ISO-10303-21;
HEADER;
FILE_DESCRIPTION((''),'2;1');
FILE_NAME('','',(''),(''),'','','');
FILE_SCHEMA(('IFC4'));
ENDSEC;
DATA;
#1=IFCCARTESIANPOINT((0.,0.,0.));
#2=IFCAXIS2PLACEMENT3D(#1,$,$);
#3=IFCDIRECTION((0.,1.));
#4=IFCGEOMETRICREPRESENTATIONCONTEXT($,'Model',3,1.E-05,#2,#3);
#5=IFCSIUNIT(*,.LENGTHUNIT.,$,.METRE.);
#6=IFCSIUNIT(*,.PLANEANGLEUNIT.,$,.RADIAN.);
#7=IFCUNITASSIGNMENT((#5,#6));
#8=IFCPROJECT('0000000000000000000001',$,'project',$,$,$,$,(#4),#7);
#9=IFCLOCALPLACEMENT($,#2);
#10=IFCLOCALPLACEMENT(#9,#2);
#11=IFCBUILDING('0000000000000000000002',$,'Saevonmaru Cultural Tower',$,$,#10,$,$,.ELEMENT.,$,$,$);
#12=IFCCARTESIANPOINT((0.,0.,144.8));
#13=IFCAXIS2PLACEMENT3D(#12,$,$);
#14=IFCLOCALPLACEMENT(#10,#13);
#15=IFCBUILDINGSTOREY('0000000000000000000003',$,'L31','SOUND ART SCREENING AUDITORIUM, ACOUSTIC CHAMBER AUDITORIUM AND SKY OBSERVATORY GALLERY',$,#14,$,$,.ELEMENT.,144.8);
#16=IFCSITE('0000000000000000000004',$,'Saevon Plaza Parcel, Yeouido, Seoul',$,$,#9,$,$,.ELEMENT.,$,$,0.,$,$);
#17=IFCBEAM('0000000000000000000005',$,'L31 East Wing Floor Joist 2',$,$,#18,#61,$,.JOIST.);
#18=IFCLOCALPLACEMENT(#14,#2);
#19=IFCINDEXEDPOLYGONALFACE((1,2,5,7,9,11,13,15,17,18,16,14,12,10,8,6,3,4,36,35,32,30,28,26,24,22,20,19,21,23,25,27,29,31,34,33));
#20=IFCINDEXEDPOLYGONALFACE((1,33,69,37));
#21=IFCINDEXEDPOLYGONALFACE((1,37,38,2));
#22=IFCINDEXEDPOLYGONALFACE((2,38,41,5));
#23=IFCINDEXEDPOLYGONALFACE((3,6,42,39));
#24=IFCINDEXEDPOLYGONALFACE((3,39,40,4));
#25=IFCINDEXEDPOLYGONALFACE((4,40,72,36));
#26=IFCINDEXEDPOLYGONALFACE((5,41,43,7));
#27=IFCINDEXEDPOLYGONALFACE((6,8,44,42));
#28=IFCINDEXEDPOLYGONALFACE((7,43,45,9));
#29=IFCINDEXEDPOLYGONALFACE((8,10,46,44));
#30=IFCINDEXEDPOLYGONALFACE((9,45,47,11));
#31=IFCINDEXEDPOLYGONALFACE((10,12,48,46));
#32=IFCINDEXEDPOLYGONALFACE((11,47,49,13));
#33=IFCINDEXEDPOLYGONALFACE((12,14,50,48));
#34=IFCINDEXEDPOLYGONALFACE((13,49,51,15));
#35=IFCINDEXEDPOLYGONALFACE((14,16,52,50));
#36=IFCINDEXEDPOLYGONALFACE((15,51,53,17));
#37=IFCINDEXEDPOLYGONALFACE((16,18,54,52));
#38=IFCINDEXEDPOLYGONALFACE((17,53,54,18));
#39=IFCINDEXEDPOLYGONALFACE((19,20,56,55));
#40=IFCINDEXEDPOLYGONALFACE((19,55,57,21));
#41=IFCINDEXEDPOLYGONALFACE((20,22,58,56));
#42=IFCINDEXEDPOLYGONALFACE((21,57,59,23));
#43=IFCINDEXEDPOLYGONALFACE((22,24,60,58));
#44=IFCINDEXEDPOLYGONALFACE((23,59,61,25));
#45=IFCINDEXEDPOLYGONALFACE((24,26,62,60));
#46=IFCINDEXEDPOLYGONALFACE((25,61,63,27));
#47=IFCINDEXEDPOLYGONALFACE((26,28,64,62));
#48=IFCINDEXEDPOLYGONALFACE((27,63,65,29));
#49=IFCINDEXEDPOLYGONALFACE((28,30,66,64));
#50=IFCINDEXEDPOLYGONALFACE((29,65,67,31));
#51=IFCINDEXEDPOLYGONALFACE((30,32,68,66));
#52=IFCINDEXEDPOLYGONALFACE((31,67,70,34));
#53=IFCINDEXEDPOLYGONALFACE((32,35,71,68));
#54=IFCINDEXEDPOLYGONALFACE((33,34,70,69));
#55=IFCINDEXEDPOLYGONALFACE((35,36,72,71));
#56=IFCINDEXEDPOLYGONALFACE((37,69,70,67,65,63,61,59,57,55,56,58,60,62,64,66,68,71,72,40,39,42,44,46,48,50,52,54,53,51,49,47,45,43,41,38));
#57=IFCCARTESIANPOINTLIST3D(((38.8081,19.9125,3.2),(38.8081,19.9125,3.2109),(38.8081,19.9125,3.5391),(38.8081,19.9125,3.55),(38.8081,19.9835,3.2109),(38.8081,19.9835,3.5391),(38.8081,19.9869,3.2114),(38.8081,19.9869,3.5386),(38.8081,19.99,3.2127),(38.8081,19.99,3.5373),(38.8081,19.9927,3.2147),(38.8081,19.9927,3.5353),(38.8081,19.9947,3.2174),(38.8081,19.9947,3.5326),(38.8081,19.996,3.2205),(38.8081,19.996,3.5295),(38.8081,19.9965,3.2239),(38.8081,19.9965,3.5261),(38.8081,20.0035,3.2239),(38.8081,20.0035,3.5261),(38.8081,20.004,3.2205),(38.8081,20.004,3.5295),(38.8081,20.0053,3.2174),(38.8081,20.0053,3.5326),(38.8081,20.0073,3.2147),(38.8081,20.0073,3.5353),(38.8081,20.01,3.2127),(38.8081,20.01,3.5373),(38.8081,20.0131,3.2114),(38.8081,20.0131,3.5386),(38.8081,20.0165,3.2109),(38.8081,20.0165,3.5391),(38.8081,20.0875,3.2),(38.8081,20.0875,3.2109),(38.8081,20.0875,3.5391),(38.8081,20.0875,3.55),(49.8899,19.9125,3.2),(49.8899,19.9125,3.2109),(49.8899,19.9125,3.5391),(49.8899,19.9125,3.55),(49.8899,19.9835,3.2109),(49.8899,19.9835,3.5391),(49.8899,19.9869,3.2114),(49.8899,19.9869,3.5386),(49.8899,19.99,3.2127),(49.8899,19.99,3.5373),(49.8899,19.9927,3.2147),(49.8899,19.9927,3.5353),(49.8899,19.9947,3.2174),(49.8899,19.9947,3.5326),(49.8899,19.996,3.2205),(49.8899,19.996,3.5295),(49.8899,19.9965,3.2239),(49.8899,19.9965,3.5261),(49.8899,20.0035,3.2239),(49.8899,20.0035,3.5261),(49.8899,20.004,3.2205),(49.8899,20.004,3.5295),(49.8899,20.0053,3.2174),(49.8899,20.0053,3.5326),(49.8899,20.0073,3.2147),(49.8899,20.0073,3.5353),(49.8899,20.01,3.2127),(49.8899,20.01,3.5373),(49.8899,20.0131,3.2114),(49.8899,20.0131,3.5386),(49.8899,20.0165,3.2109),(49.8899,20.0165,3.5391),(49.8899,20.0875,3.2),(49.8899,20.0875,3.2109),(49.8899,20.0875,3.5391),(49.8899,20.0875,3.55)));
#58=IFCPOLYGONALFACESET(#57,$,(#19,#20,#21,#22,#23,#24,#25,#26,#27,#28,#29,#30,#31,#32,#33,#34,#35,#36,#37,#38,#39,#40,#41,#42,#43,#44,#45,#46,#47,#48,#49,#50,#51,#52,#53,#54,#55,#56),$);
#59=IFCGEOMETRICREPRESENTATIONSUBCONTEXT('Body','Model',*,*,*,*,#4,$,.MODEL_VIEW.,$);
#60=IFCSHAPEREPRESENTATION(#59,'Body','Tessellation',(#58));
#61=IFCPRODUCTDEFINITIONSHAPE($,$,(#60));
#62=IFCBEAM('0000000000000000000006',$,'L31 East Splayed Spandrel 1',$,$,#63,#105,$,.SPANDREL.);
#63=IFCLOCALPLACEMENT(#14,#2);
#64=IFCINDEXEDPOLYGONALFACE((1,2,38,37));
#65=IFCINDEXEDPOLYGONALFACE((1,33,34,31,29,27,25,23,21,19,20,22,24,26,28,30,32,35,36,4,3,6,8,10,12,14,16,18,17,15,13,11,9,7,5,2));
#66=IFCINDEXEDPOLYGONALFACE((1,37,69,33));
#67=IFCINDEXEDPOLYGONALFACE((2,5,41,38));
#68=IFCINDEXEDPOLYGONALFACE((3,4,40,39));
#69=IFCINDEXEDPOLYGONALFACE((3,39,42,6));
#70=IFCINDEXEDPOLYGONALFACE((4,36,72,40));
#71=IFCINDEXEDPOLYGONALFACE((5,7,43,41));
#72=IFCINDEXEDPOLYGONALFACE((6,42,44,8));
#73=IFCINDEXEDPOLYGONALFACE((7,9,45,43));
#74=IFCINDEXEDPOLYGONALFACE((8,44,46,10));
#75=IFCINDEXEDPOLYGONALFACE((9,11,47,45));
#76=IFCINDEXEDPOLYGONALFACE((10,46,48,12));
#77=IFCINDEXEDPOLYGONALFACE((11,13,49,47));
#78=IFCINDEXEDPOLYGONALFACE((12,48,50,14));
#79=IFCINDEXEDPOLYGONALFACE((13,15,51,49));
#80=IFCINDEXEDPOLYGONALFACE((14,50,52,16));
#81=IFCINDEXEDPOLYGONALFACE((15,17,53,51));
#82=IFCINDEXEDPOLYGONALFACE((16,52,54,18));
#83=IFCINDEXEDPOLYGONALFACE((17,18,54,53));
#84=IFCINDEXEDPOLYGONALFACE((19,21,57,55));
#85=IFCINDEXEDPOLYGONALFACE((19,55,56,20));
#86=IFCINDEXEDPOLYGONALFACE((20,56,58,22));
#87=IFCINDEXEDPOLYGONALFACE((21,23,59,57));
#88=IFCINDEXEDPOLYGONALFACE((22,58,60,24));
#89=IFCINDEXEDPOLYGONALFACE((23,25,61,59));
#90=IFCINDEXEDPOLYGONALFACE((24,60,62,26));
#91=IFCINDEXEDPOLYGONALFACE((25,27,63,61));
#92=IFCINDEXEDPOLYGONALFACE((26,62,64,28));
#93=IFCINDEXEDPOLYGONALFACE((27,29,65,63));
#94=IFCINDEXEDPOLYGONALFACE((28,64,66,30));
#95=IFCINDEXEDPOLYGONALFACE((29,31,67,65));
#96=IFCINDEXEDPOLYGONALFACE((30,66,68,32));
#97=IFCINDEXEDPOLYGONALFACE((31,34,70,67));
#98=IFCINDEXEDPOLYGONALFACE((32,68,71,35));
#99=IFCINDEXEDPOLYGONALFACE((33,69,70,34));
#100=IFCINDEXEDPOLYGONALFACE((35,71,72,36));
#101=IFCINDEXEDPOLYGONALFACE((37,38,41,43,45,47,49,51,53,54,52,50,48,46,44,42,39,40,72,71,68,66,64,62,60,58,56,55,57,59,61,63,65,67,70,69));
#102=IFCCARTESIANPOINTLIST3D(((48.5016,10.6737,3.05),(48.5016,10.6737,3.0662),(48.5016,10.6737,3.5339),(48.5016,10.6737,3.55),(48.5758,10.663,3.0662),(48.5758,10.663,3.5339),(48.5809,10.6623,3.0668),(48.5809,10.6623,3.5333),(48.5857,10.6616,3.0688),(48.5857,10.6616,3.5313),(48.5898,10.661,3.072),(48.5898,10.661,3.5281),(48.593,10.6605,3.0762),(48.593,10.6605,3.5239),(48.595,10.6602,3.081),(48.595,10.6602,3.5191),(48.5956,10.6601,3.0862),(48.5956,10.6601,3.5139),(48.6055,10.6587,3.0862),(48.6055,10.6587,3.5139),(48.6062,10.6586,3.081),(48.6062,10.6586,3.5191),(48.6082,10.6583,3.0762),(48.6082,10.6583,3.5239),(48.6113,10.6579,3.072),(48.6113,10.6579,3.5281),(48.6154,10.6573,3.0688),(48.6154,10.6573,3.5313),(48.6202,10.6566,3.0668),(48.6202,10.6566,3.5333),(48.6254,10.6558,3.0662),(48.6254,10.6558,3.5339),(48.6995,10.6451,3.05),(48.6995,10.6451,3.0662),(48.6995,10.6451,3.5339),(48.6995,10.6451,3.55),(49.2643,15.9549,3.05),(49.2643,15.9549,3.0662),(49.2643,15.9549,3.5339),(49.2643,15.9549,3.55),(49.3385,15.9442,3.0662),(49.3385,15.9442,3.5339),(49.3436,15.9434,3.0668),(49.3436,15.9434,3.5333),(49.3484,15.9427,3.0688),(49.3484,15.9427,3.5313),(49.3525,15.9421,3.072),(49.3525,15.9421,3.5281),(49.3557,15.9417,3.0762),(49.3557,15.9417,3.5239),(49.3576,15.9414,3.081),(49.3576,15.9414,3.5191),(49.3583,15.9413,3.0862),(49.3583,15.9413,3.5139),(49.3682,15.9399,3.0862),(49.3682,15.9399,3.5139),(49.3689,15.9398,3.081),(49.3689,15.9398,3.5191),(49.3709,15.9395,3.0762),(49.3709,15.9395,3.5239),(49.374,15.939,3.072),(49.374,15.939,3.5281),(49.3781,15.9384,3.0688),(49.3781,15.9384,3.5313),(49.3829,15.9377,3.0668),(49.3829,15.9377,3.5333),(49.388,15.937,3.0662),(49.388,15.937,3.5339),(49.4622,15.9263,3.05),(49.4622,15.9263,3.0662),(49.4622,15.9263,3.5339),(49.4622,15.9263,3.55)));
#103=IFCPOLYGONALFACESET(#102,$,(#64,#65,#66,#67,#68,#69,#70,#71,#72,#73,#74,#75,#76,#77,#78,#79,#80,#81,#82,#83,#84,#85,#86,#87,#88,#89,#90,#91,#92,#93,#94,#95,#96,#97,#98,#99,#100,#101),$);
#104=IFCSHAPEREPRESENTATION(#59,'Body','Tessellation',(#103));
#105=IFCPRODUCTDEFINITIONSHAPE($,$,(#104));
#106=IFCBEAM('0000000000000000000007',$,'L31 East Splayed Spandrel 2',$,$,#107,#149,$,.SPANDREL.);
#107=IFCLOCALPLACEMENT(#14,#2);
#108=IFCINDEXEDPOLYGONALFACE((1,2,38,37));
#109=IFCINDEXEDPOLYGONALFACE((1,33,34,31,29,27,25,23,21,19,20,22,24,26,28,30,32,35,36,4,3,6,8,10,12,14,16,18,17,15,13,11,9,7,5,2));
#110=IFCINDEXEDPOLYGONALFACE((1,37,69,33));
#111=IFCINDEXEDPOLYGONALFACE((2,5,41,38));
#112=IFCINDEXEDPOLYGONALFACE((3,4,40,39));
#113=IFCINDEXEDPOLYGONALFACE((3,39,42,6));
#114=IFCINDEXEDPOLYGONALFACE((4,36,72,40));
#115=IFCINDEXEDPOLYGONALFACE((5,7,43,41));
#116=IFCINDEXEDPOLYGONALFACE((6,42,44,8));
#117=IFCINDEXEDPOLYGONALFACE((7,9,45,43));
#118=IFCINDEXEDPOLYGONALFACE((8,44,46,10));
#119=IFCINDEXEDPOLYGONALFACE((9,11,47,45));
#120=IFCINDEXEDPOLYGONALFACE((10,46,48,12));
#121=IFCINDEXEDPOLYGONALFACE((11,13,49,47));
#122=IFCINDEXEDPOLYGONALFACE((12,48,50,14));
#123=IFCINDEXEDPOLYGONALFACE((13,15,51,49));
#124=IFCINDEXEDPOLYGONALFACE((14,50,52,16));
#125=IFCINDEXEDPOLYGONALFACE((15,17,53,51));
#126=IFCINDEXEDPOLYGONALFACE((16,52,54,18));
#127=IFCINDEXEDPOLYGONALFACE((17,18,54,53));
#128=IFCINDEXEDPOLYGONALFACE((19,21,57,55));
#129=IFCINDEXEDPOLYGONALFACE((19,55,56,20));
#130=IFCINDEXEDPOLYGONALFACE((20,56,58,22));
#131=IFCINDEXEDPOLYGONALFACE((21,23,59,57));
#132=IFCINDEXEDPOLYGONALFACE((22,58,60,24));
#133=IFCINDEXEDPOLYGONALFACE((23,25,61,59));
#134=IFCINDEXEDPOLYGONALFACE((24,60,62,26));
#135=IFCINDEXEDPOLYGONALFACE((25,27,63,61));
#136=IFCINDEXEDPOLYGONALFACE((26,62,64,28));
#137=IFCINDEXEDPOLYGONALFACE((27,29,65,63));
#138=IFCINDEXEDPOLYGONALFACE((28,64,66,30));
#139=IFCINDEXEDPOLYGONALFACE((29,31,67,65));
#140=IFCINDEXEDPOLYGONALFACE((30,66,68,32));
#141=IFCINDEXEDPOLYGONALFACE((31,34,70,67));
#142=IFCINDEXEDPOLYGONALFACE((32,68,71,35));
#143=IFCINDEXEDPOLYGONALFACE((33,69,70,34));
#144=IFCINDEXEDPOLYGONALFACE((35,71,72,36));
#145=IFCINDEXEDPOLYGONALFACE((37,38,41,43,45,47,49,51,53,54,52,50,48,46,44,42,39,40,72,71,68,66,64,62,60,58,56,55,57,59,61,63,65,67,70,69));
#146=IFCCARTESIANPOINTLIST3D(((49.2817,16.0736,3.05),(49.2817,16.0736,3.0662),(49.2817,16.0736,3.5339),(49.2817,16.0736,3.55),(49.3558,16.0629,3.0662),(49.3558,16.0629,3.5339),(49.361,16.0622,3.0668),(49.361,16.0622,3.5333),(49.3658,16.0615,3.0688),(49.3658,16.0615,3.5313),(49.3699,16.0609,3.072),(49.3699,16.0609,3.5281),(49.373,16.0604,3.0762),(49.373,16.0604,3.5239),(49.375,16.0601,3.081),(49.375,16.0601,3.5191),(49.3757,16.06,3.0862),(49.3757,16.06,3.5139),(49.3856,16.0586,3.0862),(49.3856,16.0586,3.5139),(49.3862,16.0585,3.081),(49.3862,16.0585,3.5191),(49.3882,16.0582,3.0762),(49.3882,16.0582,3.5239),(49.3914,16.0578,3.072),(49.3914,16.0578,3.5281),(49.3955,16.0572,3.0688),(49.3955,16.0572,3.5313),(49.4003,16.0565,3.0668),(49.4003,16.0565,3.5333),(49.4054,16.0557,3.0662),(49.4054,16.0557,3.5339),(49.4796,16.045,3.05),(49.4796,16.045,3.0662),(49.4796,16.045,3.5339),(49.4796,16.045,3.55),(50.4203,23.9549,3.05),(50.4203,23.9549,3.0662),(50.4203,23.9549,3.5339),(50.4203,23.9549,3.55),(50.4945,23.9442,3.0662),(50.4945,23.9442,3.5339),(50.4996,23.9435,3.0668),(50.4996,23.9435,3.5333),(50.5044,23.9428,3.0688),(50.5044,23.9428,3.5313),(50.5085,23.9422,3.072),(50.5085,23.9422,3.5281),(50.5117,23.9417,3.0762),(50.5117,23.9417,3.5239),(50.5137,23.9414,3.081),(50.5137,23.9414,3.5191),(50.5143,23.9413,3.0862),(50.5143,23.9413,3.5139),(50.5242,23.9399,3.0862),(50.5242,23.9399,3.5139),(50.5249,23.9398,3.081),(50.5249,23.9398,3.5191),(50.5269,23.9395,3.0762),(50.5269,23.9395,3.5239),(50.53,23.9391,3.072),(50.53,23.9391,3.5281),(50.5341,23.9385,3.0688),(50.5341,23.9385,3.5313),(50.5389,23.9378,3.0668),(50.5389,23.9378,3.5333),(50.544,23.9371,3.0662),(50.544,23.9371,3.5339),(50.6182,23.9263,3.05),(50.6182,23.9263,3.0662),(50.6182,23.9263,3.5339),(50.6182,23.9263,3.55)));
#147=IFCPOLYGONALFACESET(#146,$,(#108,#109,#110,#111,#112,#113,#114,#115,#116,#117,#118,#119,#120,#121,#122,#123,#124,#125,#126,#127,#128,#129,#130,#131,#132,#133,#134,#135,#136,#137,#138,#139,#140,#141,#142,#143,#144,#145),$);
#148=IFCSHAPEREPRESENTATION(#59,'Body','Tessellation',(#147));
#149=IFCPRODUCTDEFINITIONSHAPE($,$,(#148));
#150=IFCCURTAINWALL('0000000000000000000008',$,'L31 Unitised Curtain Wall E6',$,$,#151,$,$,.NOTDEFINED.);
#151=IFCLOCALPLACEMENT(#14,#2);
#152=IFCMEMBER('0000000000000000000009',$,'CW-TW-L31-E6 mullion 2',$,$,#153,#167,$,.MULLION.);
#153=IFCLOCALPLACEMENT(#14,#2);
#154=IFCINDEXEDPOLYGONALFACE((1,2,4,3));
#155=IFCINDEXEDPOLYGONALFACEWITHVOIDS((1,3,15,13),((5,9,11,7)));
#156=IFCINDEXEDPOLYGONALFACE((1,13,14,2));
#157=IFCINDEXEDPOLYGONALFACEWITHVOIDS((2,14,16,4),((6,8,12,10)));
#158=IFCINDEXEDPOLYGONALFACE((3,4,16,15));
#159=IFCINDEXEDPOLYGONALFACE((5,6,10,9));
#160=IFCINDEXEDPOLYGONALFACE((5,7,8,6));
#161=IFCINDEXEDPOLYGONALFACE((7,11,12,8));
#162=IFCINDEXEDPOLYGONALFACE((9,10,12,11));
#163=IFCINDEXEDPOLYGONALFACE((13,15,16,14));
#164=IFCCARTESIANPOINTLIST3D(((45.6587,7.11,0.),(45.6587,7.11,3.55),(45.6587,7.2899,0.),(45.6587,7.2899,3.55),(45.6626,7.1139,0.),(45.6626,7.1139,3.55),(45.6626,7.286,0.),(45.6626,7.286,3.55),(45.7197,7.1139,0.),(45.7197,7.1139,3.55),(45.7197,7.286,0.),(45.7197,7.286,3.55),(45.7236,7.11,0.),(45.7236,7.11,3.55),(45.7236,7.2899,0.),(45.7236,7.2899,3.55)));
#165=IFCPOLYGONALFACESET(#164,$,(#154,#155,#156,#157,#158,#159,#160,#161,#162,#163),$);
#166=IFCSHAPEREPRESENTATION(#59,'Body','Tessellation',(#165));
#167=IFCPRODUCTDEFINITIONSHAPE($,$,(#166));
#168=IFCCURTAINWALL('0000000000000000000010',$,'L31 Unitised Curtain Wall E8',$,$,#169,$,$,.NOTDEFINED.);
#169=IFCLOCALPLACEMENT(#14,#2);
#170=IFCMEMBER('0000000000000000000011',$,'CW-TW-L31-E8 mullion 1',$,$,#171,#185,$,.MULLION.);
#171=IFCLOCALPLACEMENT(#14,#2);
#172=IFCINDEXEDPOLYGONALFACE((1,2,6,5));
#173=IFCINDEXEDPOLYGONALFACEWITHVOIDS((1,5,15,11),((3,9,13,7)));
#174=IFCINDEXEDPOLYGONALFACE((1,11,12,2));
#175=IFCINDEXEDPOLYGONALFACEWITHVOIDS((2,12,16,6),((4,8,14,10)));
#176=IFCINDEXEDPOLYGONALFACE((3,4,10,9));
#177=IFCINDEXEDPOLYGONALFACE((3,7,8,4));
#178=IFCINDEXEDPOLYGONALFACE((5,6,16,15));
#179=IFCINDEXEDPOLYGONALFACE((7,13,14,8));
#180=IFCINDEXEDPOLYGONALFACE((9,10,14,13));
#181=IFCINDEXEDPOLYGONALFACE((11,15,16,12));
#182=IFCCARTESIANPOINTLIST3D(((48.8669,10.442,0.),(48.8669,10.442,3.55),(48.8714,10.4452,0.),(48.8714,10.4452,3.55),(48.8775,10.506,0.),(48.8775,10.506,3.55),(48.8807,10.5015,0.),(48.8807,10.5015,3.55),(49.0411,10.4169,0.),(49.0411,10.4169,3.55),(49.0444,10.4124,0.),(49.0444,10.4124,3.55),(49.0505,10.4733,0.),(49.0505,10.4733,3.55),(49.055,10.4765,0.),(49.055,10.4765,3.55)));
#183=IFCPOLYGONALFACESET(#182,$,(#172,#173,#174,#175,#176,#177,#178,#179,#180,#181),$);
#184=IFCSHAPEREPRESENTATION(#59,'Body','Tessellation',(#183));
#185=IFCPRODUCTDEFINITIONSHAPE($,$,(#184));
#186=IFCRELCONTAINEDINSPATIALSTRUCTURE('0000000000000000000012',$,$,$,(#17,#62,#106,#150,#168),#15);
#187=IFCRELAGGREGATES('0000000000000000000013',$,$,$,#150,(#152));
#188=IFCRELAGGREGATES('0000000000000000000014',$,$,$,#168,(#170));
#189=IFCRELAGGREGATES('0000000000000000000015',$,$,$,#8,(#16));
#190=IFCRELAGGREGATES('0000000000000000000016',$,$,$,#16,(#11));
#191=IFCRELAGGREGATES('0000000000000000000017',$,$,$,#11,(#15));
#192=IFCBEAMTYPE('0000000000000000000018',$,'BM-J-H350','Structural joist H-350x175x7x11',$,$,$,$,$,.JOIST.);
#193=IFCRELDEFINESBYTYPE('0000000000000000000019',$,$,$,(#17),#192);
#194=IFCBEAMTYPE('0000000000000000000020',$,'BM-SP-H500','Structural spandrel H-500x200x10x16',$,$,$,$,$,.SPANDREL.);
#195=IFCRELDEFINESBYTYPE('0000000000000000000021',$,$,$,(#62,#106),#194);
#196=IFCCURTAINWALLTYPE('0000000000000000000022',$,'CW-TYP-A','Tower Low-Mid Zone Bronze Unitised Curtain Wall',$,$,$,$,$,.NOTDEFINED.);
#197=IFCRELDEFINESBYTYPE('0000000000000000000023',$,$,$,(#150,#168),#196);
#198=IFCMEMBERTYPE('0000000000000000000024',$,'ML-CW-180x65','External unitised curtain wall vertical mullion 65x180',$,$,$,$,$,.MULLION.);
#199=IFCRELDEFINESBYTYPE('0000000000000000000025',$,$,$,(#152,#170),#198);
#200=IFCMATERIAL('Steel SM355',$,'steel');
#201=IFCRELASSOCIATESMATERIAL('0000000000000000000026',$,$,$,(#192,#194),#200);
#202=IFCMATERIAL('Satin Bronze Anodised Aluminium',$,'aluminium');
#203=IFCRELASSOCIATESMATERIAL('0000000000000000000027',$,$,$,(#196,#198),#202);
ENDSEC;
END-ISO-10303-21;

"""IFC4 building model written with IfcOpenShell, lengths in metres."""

from ifc_helpers import new_model, si_unit, direction, frame, origin, origin_2d, place, context, subcontext, project, spatial, hollow_rectangle, i_section, extrude, material, material_profile, profile_set, type_object, element, aggregate, save


model = new_model("IFC4")

# Units and contexts
model_context = context("Model", 3, precision=1e-05, world=origin(), true_north=direction((0.0, 1.0)))
body_context = subcontext(model_context, "Body", "Model", "MODEL_VIEW")
ifc_project = project(units=[si_unit("LENGTHUNIT", "METRE"), si_unit("PLANEANGLEUNIT", "RADIAN")], contexts=[model_context])

# Site, building, storey
site_placement = place(None, origin())
site = spatial("IfcSite", under=ifc_project, at=site_placement, Name="Saevon Plaza Parcel, Yeouido, Seoul", CompositionType="ELEMENT", RefElevation=0.0)
building_placement = place(site_placement, origin())
building = spatial("IfcBuilding", under=site, at=building_placement, Name="Saevonmaru Cultural Tower", CompositionType="ELEMENT")
storey_placement = place(building_placement, frame((0.0, 0.0, 144.8)))
storey = spatial("IfcBuildingStorey", under=building, at=storey_placement, Name="L31", Description="SOUND ART SCREENING AUDITORIUM, ACOUSTIC CHAMBER AUDITORIUM AND SKY OBSERVATORY GALLERY", CompositionType="ELEMENT", Elevation=144.8)

# Shared definitions
ifc_material_1 = material(Name="Steel SM355", Category="steel")

# Beams
ifc_material_profile_1 = material_profile(ifc_material_1, i_section(OverallWidth=0.175, OverallDepth=0.3501, WebThickness=0.0071, FlangeThickness=0.011, FilletRadius=0.0129, at=origin_2d()), Name="H-350x175x7x11")
ifc_profile_set_1 = profile_set([ifc_material_profile_1], Name="Steel SM355")
beam_type_1 = type_object("IfcBeamType", Name="BM-J-H350", Description="Structural joist H-350x175x7x11", PredefinedType="JOIST", material=ifc_profile_set_1)
beam_1_placement = place(storey_placement, frame((38.8081, 20.0, 3.375), z_axis=(1.0, 0.0, 0.0), x_axis=(0.0, 1.0, 0.0)))
element("IfcBeam", 1, at=beam_1_placement, inside=storey, type_object=beam_type_1, Name="L31 East Wing Floor Joist 2", PredefinedType="JOIST", context=body_context, shape_type="SweptSolid", body=[
    extrude(i_section(OverallWidth=0.175, OverallDepth=0.3501, WebThickness=0.0071, FlangeThickness=0.011, FilletRadius=0.0129, at=origin_2d()), origin(), (0.0, 0.0, 1.0), 11.0818),
])
ifc_material_profile_2 = material_profile(ifc_material_1, i_section(OverallWidth=0.2, OverallDepth=0.5, WebThickness=0.01, FlangeThickness=0.0161, FilletRadius=0.02, at=origin_2d()), Name="H-500x200x10x16")
ifc_profile_set_2 = profile_set([ifc_material_profile_2], Name="Steel SM355")
beam_type_2 = type_object("IfcBeamType", Name="BM-SP-H500", Description="Structural spandrel H-500x200x10x16", PredefinedType="SPANDREL", material=ifc_profile_set_2)
beam_2_placement = place(storey_placement, frame((48.6006, 10.6594, 3.3), z_axis=(0.142933, 0.989732, 0.0), x_axis=(-0.989732, 0.142933, 0.0)))
element("IfcBeam", 2, at=beam_2_placement, inside=storey, type_object=beam_type_2, Name="L31 East Splayed Spandrel 1", PredefinedType="SPANDREL", context=body_context, shape_type="SweptSolid", body=[
    extrude(i_section(OverallWidth=0.2, OverallDepth=0.5, WebThickness=0.01, FlangeThickness=0.0161, FilletRadius=0.02, at=origin_2d()), origin(), (0.0, 0.0, 1.0), 5.3359),
])
beam_3_placement = place(storey_placement, frame((49.3806, 16.0593, 3.3), z_axis=(0.142992, 0.989724, 0.0), x_axis=(-0.989724, 0.142992, 0.0)))
element("IfcBeam", 3, at=beam_3_placement, inside=storey, type_object=beam_type_2, Name="L31 East Splayed Spandrel 2", PredefinedType="SPANDREL", context=body_context, shape_type="SweptSolid", body=[
    extrude(i_section(OverallWidth=0.2, OverallDepth=0.5, WebThickness=0.01, FlangeThickness=0.0161, FilletRadius=0.02, at=origin_2d()), origin(), (0.0, 0.0, 1.0), 7.9631),
])

# Curtain wall, member
ifc_material_2 = material(Name="Satin Bronze Anodised Aluminium", Category="aluminium")
curtain_wall_type = type_object("IfcCurtainWallType", Name="CW-TYP-A", Description="Tower Low-Mid Zone Bronze Unitised Curtain Wall", PredefinedType="NOTDEFINED", material=ifc_material_2)
curtain_wall_1_placement = place(storey_placement, origin())
curtain_wall_1 = element("IfcCurtainWall", 4, at=curtain_wall_1_placement, inside=storey, type_object=curtain_wall_type, Name="L31 Unitised Curtain Wall E6", PredefinedType="NOTDEFINED")
ifc_material_profile_3 = material_profile(ifc_material_2, hollow_rectangle(XDim=0.0649, YDim=0.1799, WallThickness=0.0039, at=origin_2d()), Name="ALU-MULL-180x65x4")
ifc_profile_set_3 = profile_set([ifc_material_profile_3], Name="Satin Bronze Anodised Aluminium")
member_type_1 = type_object("IfcMemberType", Name="ML-CW-180x65", Description="External unitised curtain wall vertical mullion 65x180", PredefinedType="MULLION", material=ifc_profile_set_3)
member_1_placement = place(storey_placement, frame((45.6912, 7.2, 0.0), z_axis=(0.0, 0.0, 1.0), x_axis=(1.0, 0.0, 0.0)))
member_1 = element("IfcMember", 5, at=member_1_placement, type_object=member_type_1, Name="CW-TW-L31-E6 mullion 2", PredefinedType="MULLION", context=body_context, shape_type="SweptSolid", body=[
    extrude(hollow_rectangle(XDim=0.0649, YDim=0.1799, WallThickness=0.0039, at=origin_2d()), origin(), (0.0, 0.0, 1.0), 3.55),
])

# Curtain wall, member
curtain_wall_2_placement = place(storey_placement, origin())
curtain_wall_2 = element("IfcCurtainWall", 6, at=curtain_wall_2_placement, inside=storey, type_object=curtain_wall_type, Name="L31 Unitised Curtain Wall E8", PredefinedType="NOTDEFINED")
member_2_placement = place(storey_placement, frame((48.9609, 10.4592, 0.0), z_axis=(0.0, 0.0, 1.0), x_axis=(0.163999, 0.986461, 0.0)))
member_2 = element("IfcMember", 7, at=member_2_placement, type_object=member_type_1, Name="CW-TW-L31-E8 mullion 1", PredefinedType="MULLION", context=body_context, shape_type="SweptSolid", body=[
    extrude(hollow_rectangle(XDim=0.0649, YDim=0.1799, WallThickness=0.0039, at=origin_2d()), origin(), (0.0, 0.0, 1.0), 3.55),
])

aggregate(curtain_wall_1, [member_1])
aggregate(curtain_wall_2, [member_2])

save(model, "model.ifc")
